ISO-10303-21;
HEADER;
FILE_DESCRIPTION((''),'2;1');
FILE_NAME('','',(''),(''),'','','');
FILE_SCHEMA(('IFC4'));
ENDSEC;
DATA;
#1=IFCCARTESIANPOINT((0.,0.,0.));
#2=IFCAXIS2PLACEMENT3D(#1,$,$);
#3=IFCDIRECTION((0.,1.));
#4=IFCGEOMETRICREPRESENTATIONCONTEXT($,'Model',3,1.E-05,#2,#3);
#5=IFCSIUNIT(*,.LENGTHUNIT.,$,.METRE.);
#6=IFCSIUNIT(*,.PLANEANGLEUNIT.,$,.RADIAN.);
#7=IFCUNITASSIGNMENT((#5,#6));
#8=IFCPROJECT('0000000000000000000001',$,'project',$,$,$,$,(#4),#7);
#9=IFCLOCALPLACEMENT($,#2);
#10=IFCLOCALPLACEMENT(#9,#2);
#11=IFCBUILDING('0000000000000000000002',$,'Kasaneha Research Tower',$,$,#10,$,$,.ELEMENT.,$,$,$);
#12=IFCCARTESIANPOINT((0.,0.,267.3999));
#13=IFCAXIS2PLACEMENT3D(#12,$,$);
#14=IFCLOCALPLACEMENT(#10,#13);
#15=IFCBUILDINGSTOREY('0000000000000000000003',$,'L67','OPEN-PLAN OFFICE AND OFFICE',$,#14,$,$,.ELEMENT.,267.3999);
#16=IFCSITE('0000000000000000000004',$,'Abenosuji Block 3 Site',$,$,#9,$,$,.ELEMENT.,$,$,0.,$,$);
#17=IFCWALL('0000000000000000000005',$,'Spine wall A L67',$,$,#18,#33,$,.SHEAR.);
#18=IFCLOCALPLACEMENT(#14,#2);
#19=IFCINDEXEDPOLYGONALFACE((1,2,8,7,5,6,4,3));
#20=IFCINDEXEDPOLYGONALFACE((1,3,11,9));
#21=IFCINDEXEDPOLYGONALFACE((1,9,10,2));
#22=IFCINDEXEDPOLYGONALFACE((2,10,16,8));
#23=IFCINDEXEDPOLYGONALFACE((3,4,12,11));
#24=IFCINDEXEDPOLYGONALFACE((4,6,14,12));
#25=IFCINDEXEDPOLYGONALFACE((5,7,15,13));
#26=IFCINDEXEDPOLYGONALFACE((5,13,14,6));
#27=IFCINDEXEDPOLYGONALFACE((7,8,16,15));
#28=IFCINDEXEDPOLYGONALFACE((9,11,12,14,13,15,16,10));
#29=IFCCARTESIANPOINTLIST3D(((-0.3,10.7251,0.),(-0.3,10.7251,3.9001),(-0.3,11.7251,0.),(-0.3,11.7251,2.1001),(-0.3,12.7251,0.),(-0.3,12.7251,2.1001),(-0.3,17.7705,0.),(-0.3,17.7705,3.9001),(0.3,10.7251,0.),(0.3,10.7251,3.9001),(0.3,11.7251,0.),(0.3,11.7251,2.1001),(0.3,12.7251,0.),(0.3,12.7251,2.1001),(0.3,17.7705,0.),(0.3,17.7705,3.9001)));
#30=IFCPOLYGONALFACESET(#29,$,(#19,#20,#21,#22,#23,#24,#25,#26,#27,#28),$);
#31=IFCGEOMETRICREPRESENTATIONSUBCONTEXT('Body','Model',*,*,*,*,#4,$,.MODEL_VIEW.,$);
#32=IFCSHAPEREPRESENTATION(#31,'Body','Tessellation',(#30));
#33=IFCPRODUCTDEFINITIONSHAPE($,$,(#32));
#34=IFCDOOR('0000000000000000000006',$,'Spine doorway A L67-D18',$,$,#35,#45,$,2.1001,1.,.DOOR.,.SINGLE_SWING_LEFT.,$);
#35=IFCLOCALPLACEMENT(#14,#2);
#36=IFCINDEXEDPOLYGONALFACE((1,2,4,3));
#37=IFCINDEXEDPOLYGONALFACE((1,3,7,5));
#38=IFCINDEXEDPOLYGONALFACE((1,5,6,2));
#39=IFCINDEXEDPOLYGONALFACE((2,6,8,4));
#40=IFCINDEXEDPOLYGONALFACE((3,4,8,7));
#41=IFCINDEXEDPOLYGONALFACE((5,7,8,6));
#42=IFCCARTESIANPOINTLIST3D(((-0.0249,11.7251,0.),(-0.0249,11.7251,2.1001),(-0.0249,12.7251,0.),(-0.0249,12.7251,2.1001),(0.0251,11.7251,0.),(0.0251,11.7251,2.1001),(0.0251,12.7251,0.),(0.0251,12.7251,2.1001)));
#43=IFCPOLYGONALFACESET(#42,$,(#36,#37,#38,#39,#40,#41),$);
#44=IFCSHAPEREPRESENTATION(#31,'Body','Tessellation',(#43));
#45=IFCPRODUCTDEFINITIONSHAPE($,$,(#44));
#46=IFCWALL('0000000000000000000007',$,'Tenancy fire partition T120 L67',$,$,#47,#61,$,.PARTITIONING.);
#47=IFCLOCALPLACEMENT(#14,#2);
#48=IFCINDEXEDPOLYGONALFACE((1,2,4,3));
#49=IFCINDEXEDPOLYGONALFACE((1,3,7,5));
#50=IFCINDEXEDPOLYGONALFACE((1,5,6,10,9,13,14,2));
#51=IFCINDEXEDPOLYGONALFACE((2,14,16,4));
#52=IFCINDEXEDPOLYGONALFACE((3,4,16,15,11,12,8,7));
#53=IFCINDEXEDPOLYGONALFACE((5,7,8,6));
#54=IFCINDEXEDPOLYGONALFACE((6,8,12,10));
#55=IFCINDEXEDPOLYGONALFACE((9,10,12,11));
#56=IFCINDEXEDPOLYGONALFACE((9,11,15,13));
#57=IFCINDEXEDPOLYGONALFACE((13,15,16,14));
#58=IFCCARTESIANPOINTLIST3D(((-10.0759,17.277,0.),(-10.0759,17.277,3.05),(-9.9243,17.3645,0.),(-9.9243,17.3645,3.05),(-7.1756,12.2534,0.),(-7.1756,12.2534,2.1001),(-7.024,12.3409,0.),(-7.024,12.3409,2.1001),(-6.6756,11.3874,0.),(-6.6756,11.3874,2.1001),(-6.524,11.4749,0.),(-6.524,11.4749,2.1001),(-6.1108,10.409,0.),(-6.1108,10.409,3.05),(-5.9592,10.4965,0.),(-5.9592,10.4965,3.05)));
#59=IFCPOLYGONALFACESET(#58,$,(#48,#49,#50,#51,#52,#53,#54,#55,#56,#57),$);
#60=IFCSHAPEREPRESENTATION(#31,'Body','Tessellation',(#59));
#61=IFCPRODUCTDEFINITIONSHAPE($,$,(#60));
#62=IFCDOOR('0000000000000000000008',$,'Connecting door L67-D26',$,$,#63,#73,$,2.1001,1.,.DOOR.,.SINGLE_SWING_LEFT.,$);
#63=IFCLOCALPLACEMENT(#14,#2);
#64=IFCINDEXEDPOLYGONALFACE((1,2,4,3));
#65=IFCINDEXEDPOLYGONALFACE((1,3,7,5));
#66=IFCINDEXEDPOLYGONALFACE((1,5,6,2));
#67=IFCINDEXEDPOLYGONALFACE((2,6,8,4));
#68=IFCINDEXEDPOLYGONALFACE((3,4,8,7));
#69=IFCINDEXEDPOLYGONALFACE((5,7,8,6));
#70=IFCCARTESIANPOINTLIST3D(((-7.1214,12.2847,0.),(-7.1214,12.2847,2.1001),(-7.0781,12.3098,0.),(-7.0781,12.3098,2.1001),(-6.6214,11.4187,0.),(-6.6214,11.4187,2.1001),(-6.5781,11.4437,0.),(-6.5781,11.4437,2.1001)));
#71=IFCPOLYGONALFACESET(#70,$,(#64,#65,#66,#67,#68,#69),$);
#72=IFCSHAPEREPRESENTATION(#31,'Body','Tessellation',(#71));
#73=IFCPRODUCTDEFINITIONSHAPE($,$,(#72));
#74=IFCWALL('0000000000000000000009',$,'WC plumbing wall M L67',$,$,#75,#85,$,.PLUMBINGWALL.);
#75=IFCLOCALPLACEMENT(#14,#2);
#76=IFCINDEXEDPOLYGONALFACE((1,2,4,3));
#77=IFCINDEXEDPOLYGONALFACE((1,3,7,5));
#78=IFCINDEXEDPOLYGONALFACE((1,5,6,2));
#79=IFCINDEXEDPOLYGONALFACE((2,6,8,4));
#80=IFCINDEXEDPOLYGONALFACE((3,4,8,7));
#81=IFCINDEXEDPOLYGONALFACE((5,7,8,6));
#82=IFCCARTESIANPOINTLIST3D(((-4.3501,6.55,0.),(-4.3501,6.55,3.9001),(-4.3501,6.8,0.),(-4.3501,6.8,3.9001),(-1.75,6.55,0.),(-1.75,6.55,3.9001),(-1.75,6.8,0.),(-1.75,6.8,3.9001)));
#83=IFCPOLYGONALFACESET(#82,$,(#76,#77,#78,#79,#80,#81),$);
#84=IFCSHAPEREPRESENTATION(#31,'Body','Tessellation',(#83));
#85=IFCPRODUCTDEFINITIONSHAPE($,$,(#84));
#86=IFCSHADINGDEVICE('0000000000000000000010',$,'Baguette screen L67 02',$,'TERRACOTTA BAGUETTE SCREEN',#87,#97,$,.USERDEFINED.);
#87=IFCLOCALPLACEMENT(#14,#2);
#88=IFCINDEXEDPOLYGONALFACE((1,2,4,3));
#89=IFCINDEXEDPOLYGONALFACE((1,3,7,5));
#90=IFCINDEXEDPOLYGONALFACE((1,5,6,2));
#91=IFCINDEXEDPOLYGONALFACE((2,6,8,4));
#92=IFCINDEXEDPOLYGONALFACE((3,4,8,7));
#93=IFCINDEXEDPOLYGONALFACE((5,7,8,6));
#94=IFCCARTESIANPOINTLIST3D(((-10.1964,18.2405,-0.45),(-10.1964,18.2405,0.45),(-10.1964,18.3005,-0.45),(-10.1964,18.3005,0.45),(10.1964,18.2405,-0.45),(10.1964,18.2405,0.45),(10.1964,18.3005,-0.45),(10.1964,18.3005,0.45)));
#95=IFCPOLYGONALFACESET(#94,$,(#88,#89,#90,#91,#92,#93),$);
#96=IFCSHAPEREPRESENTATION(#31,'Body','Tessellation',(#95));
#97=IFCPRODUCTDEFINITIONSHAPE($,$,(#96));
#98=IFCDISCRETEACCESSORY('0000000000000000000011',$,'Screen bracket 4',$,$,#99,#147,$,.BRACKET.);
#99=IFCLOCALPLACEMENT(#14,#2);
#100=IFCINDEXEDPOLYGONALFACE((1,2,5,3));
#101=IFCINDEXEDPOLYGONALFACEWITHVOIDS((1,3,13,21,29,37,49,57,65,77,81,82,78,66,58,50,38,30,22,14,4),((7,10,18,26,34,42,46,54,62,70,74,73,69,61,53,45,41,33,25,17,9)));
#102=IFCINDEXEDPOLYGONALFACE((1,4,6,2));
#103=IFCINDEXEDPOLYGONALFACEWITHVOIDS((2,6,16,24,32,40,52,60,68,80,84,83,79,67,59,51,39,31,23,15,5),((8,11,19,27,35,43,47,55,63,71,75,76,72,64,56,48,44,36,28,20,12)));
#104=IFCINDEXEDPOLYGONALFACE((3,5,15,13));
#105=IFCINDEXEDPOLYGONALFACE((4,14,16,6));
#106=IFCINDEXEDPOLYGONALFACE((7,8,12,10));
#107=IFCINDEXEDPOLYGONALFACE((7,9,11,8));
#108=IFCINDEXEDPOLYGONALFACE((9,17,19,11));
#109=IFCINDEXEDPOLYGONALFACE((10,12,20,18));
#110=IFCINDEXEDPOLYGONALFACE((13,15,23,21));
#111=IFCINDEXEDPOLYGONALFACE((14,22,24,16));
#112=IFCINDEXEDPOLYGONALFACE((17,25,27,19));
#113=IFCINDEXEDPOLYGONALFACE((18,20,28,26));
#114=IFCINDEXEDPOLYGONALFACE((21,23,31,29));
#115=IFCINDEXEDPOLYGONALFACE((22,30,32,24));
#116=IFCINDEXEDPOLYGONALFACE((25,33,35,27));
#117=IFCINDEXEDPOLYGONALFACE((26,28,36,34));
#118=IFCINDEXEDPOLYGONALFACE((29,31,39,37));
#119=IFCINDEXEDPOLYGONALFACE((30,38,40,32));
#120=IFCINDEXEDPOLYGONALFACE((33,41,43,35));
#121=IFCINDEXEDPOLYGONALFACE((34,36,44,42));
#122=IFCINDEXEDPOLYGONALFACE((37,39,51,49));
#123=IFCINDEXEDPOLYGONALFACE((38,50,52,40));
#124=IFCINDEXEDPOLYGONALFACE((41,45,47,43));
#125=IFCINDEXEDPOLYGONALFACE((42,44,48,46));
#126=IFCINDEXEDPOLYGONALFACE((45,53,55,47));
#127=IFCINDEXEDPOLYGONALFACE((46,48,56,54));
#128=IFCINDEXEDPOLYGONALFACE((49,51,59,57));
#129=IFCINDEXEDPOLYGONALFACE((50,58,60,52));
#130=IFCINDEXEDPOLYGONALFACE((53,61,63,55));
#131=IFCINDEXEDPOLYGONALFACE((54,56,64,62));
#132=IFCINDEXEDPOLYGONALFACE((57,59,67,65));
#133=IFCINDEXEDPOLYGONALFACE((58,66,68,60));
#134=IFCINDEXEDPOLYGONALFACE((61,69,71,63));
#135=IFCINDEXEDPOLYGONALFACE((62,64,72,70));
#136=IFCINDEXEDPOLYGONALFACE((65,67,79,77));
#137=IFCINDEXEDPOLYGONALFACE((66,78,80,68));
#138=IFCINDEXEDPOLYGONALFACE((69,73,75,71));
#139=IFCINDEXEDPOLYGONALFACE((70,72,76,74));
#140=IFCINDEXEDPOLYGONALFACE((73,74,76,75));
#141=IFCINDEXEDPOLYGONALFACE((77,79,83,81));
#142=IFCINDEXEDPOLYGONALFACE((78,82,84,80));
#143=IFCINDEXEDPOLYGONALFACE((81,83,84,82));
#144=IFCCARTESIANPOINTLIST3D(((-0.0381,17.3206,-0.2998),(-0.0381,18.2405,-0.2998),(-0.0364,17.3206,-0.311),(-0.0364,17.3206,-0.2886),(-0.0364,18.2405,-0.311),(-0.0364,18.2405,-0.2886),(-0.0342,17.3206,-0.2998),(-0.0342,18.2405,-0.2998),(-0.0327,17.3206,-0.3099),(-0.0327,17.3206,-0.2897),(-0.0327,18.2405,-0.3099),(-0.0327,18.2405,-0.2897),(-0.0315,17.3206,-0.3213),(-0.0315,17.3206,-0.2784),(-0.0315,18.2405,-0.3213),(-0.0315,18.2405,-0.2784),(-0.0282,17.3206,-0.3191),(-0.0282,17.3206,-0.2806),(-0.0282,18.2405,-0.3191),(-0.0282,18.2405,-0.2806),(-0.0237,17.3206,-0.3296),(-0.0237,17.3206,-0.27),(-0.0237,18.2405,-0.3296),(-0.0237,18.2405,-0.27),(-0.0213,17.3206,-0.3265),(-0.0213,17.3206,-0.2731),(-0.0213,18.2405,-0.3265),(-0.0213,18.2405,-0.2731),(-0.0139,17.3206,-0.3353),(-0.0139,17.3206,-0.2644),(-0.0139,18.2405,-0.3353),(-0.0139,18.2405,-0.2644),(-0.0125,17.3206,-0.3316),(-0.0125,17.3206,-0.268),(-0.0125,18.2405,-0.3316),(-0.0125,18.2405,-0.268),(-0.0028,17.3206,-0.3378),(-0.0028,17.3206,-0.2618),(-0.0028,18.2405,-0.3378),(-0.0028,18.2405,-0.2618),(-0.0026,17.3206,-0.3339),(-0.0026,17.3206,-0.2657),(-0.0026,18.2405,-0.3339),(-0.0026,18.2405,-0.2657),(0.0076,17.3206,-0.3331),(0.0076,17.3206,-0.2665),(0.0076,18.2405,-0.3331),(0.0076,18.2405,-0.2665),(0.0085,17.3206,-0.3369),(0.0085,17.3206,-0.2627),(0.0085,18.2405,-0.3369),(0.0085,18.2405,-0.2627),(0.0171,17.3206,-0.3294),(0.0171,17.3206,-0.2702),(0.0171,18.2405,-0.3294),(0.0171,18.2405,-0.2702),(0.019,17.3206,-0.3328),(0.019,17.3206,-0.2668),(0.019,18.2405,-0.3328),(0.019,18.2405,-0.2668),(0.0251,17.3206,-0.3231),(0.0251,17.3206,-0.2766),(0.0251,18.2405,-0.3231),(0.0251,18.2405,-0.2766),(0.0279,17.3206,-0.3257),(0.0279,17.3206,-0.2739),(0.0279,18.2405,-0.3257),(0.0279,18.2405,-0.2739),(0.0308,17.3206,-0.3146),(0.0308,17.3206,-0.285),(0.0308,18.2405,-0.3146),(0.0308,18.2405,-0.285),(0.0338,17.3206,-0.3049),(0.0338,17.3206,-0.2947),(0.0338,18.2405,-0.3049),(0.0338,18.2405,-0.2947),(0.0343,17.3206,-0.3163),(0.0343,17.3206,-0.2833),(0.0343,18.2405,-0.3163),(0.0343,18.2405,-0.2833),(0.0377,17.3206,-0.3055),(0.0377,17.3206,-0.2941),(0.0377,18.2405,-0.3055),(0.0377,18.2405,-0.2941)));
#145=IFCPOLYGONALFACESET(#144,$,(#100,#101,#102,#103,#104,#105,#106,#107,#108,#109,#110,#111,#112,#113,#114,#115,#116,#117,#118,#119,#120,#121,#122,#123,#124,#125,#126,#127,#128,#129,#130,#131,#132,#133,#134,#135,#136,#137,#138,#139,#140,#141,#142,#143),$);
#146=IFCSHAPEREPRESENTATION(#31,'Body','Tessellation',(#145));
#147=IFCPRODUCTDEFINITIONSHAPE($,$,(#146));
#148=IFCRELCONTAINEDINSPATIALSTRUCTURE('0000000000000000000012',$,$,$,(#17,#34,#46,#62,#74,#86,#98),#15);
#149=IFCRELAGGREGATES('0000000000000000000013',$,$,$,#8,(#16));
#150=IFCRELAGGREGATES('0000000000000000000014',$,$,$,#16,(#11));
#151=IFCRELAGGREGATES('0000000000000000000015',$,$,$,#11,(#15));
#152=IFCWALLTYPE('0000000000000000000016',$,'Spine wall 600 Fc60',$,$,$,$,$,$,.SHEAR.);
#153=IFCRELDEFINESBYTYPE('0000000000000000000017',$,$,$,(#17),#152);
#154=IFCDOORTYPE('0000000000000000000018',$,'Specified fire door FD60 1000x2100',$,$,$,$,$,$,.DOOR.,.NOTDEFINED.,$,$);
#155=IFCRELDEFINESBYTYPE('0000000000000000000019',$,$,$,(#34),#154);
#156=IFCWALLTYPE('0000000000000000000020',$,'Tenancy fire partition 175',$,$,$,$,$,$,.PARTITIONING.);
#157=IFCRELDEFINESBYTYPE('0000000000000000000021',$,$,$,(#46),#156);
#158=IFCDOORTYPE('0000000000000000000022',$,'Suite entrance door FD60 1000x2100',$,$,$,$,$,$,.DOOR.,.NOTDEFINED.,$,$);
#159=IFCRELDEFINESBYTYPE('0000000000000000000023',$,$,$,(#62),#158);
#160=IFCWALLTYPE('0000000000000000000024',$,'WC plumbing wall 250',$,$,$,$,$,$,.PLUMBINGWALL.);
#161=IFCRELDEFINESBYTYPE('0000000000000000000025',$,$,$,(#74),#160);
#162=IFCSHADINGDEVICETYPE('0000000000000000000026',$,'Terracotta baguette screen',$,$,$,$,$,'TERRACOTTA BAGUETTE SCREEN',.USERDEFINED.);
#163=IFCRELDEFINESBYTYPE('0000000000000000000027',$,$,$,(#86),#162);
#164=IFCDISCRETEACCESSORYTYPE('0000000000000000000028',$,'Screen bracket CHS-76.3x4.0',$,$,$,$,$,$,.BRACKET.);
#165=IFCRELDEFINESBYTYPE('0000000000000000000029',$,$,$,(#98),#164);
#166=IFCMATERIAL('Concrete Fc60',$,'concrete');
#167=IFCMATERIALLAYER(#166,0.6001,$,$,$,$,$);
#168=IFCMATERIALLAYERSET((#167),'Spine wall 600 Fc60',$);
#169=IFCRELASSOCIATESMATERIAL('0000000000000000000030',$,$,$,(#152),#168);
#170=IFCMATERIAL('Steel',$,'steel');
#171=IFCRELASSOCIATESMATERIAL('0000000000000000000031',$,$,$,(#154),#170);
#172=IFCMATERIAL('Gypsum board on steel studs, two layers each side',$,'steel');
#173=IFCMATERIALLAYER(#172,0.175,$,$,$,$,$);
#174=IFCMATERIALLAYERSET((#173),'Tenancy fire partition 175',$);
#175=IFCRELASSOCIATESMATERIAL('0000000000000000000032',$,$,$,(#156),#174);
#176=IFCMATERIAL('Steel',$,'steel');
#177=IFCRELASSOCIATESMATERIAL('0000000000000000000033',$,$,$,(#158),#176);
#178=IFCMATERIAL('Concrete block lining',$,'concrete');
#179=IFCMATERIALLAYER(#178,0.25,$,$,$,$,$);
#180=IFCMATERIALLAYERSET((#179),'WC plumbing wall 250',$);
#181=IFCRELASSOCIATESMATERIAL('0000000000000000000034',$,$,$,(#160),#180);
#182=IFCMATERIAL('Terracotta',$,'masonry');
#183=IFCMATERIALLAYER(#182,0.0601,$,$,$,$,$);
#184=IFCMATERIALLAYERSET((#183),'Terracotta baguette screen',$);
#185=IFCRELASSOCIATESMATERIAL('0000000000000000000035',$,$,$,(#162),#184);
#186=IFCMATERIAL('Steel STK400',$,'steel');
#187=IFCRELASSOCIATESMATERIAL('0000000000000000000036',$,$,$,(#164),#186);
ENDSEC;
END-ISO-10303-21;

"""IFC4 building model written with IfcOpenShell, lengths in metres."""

from ifc_helpers import new_model, si_unit, direction, frame, frame_2d, origin, origin_2d, place, context, subcontext, project, spatial, rectangle, hollow_circle, extrude, material, layer, layer_set, material_profile, profile_set, type_object, element, fill, save


model = new_model("IFC4")

# Units and contexts
model_context = context("Model", 3, precision=1e-05, world=origin(), true_north=direction((0.0, 1.0)))
body_context = subcontext(model_context, "Body", "Model", "MODEL_VIEW")
ifc_project = project(units=[si_unit("LENGTHUNIT", "METRE"), si_unit("PLANEANGLEUNIT", "RADIAN")], contexts=[model_context])

# Site, building, storey
site_placement = place(None, origin())
site = spatial("IfcSite", under=ifc_project, at=site_placement, Name="Abenosuji Block 3 Site", CompositionType="ELEMENT", RefElevation=0.0)
building_placement = place(site_placement, origin())
building = spatial("IfcBuilding", under=site, at=building_placement, Name="Kasaneha Research Tower", CompositionType="ELEMENT")
storey_placement = place(building_placement, frame((0.0, 0.0, 267.3999)))
storey = spatial("IfcBuildingStorey", under=building, at=storey_placement, Name="L67", Description="OPEN-PLAN OFFICE AND OFFICE", CompositionType="ELEMENT", Elevation=267.3999)

# Walls, openings, doors
ifc_material_1 = material(Name="Concrete Fc60", Category="concrete")
ifc_layer_1 = layer(ifc_material_1, 0.6001)
ifc_layer_set_1 = layer_set([ifc_layer_1], Name="Spine wall 600 Fc60")
wall_type_1 = type_object("IfcWallType", Name="Spine wall 600 Fc60", PredefinedType="SHEAR", material=ifc_layer_set_1)
wall_1_placement = place(storey_placement, frame((0.0, 10.7251, 0.0), z_axis=(0.0, 0.0, 1.0), x_axis=(0.0, 1.0, 0.0)))
wall_1 = element("IfcWall", 1, at=wall_1_placement, inside=storey, type_object=wall_type_1, Name="Spine wall A L67", PredefinedType="SHEAR", context=body_context, shape_type="SweptSolid", body=[
    extrude(rectangle(XDim=7.0454, YDim=0.6001, at=frame_2d((3.5227, 0.0))), origin(), (0.0, 0.0, 1.0), 3.9001),
])
opening_1_placement = place(wall_1_placement, frame((1.0, 0.0, 0.0)))
opening_1 = element("IfcOpeningElement", 2, at=opening_1_placement, cuts=wall_1, PredefinedType="OPENING", context=body_context, shape_type="SweptSolid", body=[
    extrude(rectangle(XDim=1.0, YDim=2.1001, at=frame_2d((0.5, 1.05))), frame((0.0, 0.3101, 0.0), z_axis=(0.0, -1.0, 0.0), x_axis=(1.0, 0.0, 0.0)), (0.0, 0.0, 1.0), 0.6201),
])
ifc_material_2 = material(Name="Steel", Category="steel")
door_type_1 = type_object("IfcDoorType", Name="Specified fire door FD60 1000x2100", OperationType="NOTDEFINED", PredefinedType="DOOR", material=ifc_material_2)
door_1_placement = place(opening_1_placement, origin())
door_1 = element("IfcDoor", 3, at=door_1_placement, inside=storey, type_object=door_type_1, Name="Spine doorway A L67-D18", OperationType="SINGLE_SWING_LEFT", OverallHeight=2.1001, OverallWidth=1.0, PredefinedType="DOOR", context=body_context, shape_type="SweptSolid", body=[
    extrude(rectangle(XDim=1.0, YDim=2.1001, at=frame_2d((0.5, 1.05))), frame((0.0, 0.0249, 0.0), z_axis=(0.0, -1.0, 0.0), x_axis=(1.0, 0.0, 0.0)), (0.0, 0.0, 1.0), 0.05),
])
fill(opening_1, door_1)
ifc_material_3 = material(Name="Gypsum board on steel studs, two layers each side", Category="steel")
ifc_layer_2 = layer(ifc_material_3, 0.175)
ifc_layer_set_2 = layer_set([ifc_layer_2], Name="Tenancy fire partition 175")
wall_type_2 = type_object("IfcWallType", Name="Tenancy fire partition 175", PredefinedType="PARTITIONING", material=ifc_layer_set_2)
wall_2_placement = place(storey_placement, frame((-6.0349, 10.4526, 0.0), z_axis=(0.0, 0.0, 1.0), x_axis=(-0.49999, 0.866031, 0.0)))
wall_2 = element("IfcWall", 4, at=wall_2_placement, inside=storey, type_object=wall_type_2, Name="Tenancy fire partition T120 L67", PredefinedType="PARTITIONING", context=body_context, shape_type="SweptSolid", body=[
    extrude(rectangle(XDim=7.9304, YDim=0.175, at=frame_2d((3.9653, 0.0))), origin(), (0.0, 0.0, 1.0), 3.05),
])
opening_2_placement = place(wall_2_placement, frame((1.1299, 0.0, 0.0)))
opening_2 = element("IfcOpeningElement", 5, at=opening_2_placement, cuts=wall_2, PredefinedType="OPENING", context=body_context, shape_type="SweptSolid", body=[
    extrude(rectangle(XDim=1.0, YDim=2.1001, at=frame_2d((0.5, 1.05))), frame((0.0, 0.0977, 0.0), z_axis=(0.0, -1.0, 0.0), x_axis=(1.0, 0.0, 0.0)), (0.0, 0.0, 1.0), 0.1951),
])
ifc_material_4 = material(Name="Steel", Category="steel")
door_type_2 = type_object("IfcDoorType", Name="Suite entrance door FD60 1000x2100", OperationType="NOTDEFINED", PredefinedType="DOOR", material=ifc_material_4)
door_2_placement = place(opening_2_placement, origin())
door_2 = element("IfcDoor", 6, at=door_2_placement, inside=storey, type_object=door_type_2, Name="Connecting door L67-D26", OperationType="SINGLE_SWING_LEFT", OverallHeight=2.1001, OverallWidth=1.0, PredefinedType="DOOR", context=body_context, shape_type="SweptSolid", body=[
    extrude(rectangle(XDim=1.0, YDim=2.1001, at=frame_2d((0.5, 1.05))), frame((0.0, 0.0249, 0.0), z_axis=(0.0, -1.0, 0.0), x_axis=(1.0, 0.0, 0.0)), (0.0, 0.0, 1.0), 0.05),
])
fill(opening_2, door_2)

# Wall
ifc_material_5 = material(Name="Concrete block lining", Category="concrete")
ifc_layer_3 = layer(ifc_material_5, 0.25)
ifc_layer_set_3 = layer_set([ifc_layer_3], Name="WC plumbing wall 250")
wall_type_3 = type_object("IfcWallType", Name="WC plumbing wall 250", PredefinedType="PLUMBINGWALL", material=ifc_layer_set_3)
wall_3_placement = place(storey_placement, frame((-4.3501, 6.675, 0.0), z_axis=(0.0, 0.0, 1.0), x_axis=(1.0, 0.0, 0.0)))
element("IfcWall", 7, at=wall_3_placement, inside=storey, type_object=wall_type_3, Name="WC plumbing wall M L67", PredefinedType="PLUMBINGWALL", context=body_context, shape_type="SweptSolid", body=[
    extrude(rectangle(XDim=2.6001, YDim=0.25, at=frame_2d((1.3, 0.0))), origin(), (0.0, 0.0, 1.0), 3.9001),
])

# Shading device
ifc_material_6 = material(Name="Terracotta", Category="masonry")
ifc_layer_4 = layer(ifc_material_6, 0.0601)
ifc_layer_set_4 = layer_set([ifc_layer_4], Name="Terracotta baguette screen")
shading_device_type = type_object("IfcShadingDeviceType", Name="Terracotta baguette screen", ElementType="TERRACOTTA BAGUETTE SCREEN", PredefinedType="USERDEFINED", material=ifc_layer_set_4)
shading_device_placement = place(storey_placement, frame((0.0, 18.2705, -0.45), z_axis=(0.0, 0.0, 1.0), x_axis=(-1.0, 0.0, 0.0)))
element("IfcShadingDevice", 8, at=shading_device_placement, inside=storey, type_object=shading_device_type, Name="Baguette screen L67 02", ObjectType="TERRACOTTA BAGUETTE SCREEN", PredefinedType="USERDEFINED", context=body_context, shape_type="SweptSolid", body=[
    extrude(rectangle(XDim=20.3928, YDim=0.0601, at=origin_2d()), origin(), (0.0, 0.0, 1.0), 0.8999),
])

# Discrete accessory
ifc_material_7 = material(Name="Steel STK400", Category="steel")
ifc_material_profile_1 = material_profile(ifc_material_7, hollow_circle(Radius=0.0381, WallThickness=0.0039, at=origin_2d()), Name="CHS-76.3x4.0")
ifc_profile_set_1 = profile_set([ifc_material_profile_1], Name="Steel STK400")
discrete_accessory_type = type_object("IfcDiscreteAccessoryType", Name="Screen bracket CHS-76.3x4.0", PredefinedType="BRACKET", material=ifc_profile_set_1)
for number, where, z_axis, x_axis, name in (
    (9, (0.0, 17.3206, -0.2998), (0.0, 1.0, 0.0), (-1.0, 0.0, 0.0), "Screen bracket 4"),
):
    element("IfcDiscreteAccessory", number, at=place(storey_placement, frame(where, z_axis=z_axis, x_axis=x_axis)), inside=storey, type_object=discrete_accessory_type, Name=name, PredefinedType="BRACKET", context=body_context, shape_type="SweptSolid", body=[
        extrude(hollow_circle(Radius=0.0381, WallThickness=0.0039, at=origin_2d()), origin(), (0.0, 0.0, 1.0), 0.9199),
    ])

save(model, "model.ifc")
